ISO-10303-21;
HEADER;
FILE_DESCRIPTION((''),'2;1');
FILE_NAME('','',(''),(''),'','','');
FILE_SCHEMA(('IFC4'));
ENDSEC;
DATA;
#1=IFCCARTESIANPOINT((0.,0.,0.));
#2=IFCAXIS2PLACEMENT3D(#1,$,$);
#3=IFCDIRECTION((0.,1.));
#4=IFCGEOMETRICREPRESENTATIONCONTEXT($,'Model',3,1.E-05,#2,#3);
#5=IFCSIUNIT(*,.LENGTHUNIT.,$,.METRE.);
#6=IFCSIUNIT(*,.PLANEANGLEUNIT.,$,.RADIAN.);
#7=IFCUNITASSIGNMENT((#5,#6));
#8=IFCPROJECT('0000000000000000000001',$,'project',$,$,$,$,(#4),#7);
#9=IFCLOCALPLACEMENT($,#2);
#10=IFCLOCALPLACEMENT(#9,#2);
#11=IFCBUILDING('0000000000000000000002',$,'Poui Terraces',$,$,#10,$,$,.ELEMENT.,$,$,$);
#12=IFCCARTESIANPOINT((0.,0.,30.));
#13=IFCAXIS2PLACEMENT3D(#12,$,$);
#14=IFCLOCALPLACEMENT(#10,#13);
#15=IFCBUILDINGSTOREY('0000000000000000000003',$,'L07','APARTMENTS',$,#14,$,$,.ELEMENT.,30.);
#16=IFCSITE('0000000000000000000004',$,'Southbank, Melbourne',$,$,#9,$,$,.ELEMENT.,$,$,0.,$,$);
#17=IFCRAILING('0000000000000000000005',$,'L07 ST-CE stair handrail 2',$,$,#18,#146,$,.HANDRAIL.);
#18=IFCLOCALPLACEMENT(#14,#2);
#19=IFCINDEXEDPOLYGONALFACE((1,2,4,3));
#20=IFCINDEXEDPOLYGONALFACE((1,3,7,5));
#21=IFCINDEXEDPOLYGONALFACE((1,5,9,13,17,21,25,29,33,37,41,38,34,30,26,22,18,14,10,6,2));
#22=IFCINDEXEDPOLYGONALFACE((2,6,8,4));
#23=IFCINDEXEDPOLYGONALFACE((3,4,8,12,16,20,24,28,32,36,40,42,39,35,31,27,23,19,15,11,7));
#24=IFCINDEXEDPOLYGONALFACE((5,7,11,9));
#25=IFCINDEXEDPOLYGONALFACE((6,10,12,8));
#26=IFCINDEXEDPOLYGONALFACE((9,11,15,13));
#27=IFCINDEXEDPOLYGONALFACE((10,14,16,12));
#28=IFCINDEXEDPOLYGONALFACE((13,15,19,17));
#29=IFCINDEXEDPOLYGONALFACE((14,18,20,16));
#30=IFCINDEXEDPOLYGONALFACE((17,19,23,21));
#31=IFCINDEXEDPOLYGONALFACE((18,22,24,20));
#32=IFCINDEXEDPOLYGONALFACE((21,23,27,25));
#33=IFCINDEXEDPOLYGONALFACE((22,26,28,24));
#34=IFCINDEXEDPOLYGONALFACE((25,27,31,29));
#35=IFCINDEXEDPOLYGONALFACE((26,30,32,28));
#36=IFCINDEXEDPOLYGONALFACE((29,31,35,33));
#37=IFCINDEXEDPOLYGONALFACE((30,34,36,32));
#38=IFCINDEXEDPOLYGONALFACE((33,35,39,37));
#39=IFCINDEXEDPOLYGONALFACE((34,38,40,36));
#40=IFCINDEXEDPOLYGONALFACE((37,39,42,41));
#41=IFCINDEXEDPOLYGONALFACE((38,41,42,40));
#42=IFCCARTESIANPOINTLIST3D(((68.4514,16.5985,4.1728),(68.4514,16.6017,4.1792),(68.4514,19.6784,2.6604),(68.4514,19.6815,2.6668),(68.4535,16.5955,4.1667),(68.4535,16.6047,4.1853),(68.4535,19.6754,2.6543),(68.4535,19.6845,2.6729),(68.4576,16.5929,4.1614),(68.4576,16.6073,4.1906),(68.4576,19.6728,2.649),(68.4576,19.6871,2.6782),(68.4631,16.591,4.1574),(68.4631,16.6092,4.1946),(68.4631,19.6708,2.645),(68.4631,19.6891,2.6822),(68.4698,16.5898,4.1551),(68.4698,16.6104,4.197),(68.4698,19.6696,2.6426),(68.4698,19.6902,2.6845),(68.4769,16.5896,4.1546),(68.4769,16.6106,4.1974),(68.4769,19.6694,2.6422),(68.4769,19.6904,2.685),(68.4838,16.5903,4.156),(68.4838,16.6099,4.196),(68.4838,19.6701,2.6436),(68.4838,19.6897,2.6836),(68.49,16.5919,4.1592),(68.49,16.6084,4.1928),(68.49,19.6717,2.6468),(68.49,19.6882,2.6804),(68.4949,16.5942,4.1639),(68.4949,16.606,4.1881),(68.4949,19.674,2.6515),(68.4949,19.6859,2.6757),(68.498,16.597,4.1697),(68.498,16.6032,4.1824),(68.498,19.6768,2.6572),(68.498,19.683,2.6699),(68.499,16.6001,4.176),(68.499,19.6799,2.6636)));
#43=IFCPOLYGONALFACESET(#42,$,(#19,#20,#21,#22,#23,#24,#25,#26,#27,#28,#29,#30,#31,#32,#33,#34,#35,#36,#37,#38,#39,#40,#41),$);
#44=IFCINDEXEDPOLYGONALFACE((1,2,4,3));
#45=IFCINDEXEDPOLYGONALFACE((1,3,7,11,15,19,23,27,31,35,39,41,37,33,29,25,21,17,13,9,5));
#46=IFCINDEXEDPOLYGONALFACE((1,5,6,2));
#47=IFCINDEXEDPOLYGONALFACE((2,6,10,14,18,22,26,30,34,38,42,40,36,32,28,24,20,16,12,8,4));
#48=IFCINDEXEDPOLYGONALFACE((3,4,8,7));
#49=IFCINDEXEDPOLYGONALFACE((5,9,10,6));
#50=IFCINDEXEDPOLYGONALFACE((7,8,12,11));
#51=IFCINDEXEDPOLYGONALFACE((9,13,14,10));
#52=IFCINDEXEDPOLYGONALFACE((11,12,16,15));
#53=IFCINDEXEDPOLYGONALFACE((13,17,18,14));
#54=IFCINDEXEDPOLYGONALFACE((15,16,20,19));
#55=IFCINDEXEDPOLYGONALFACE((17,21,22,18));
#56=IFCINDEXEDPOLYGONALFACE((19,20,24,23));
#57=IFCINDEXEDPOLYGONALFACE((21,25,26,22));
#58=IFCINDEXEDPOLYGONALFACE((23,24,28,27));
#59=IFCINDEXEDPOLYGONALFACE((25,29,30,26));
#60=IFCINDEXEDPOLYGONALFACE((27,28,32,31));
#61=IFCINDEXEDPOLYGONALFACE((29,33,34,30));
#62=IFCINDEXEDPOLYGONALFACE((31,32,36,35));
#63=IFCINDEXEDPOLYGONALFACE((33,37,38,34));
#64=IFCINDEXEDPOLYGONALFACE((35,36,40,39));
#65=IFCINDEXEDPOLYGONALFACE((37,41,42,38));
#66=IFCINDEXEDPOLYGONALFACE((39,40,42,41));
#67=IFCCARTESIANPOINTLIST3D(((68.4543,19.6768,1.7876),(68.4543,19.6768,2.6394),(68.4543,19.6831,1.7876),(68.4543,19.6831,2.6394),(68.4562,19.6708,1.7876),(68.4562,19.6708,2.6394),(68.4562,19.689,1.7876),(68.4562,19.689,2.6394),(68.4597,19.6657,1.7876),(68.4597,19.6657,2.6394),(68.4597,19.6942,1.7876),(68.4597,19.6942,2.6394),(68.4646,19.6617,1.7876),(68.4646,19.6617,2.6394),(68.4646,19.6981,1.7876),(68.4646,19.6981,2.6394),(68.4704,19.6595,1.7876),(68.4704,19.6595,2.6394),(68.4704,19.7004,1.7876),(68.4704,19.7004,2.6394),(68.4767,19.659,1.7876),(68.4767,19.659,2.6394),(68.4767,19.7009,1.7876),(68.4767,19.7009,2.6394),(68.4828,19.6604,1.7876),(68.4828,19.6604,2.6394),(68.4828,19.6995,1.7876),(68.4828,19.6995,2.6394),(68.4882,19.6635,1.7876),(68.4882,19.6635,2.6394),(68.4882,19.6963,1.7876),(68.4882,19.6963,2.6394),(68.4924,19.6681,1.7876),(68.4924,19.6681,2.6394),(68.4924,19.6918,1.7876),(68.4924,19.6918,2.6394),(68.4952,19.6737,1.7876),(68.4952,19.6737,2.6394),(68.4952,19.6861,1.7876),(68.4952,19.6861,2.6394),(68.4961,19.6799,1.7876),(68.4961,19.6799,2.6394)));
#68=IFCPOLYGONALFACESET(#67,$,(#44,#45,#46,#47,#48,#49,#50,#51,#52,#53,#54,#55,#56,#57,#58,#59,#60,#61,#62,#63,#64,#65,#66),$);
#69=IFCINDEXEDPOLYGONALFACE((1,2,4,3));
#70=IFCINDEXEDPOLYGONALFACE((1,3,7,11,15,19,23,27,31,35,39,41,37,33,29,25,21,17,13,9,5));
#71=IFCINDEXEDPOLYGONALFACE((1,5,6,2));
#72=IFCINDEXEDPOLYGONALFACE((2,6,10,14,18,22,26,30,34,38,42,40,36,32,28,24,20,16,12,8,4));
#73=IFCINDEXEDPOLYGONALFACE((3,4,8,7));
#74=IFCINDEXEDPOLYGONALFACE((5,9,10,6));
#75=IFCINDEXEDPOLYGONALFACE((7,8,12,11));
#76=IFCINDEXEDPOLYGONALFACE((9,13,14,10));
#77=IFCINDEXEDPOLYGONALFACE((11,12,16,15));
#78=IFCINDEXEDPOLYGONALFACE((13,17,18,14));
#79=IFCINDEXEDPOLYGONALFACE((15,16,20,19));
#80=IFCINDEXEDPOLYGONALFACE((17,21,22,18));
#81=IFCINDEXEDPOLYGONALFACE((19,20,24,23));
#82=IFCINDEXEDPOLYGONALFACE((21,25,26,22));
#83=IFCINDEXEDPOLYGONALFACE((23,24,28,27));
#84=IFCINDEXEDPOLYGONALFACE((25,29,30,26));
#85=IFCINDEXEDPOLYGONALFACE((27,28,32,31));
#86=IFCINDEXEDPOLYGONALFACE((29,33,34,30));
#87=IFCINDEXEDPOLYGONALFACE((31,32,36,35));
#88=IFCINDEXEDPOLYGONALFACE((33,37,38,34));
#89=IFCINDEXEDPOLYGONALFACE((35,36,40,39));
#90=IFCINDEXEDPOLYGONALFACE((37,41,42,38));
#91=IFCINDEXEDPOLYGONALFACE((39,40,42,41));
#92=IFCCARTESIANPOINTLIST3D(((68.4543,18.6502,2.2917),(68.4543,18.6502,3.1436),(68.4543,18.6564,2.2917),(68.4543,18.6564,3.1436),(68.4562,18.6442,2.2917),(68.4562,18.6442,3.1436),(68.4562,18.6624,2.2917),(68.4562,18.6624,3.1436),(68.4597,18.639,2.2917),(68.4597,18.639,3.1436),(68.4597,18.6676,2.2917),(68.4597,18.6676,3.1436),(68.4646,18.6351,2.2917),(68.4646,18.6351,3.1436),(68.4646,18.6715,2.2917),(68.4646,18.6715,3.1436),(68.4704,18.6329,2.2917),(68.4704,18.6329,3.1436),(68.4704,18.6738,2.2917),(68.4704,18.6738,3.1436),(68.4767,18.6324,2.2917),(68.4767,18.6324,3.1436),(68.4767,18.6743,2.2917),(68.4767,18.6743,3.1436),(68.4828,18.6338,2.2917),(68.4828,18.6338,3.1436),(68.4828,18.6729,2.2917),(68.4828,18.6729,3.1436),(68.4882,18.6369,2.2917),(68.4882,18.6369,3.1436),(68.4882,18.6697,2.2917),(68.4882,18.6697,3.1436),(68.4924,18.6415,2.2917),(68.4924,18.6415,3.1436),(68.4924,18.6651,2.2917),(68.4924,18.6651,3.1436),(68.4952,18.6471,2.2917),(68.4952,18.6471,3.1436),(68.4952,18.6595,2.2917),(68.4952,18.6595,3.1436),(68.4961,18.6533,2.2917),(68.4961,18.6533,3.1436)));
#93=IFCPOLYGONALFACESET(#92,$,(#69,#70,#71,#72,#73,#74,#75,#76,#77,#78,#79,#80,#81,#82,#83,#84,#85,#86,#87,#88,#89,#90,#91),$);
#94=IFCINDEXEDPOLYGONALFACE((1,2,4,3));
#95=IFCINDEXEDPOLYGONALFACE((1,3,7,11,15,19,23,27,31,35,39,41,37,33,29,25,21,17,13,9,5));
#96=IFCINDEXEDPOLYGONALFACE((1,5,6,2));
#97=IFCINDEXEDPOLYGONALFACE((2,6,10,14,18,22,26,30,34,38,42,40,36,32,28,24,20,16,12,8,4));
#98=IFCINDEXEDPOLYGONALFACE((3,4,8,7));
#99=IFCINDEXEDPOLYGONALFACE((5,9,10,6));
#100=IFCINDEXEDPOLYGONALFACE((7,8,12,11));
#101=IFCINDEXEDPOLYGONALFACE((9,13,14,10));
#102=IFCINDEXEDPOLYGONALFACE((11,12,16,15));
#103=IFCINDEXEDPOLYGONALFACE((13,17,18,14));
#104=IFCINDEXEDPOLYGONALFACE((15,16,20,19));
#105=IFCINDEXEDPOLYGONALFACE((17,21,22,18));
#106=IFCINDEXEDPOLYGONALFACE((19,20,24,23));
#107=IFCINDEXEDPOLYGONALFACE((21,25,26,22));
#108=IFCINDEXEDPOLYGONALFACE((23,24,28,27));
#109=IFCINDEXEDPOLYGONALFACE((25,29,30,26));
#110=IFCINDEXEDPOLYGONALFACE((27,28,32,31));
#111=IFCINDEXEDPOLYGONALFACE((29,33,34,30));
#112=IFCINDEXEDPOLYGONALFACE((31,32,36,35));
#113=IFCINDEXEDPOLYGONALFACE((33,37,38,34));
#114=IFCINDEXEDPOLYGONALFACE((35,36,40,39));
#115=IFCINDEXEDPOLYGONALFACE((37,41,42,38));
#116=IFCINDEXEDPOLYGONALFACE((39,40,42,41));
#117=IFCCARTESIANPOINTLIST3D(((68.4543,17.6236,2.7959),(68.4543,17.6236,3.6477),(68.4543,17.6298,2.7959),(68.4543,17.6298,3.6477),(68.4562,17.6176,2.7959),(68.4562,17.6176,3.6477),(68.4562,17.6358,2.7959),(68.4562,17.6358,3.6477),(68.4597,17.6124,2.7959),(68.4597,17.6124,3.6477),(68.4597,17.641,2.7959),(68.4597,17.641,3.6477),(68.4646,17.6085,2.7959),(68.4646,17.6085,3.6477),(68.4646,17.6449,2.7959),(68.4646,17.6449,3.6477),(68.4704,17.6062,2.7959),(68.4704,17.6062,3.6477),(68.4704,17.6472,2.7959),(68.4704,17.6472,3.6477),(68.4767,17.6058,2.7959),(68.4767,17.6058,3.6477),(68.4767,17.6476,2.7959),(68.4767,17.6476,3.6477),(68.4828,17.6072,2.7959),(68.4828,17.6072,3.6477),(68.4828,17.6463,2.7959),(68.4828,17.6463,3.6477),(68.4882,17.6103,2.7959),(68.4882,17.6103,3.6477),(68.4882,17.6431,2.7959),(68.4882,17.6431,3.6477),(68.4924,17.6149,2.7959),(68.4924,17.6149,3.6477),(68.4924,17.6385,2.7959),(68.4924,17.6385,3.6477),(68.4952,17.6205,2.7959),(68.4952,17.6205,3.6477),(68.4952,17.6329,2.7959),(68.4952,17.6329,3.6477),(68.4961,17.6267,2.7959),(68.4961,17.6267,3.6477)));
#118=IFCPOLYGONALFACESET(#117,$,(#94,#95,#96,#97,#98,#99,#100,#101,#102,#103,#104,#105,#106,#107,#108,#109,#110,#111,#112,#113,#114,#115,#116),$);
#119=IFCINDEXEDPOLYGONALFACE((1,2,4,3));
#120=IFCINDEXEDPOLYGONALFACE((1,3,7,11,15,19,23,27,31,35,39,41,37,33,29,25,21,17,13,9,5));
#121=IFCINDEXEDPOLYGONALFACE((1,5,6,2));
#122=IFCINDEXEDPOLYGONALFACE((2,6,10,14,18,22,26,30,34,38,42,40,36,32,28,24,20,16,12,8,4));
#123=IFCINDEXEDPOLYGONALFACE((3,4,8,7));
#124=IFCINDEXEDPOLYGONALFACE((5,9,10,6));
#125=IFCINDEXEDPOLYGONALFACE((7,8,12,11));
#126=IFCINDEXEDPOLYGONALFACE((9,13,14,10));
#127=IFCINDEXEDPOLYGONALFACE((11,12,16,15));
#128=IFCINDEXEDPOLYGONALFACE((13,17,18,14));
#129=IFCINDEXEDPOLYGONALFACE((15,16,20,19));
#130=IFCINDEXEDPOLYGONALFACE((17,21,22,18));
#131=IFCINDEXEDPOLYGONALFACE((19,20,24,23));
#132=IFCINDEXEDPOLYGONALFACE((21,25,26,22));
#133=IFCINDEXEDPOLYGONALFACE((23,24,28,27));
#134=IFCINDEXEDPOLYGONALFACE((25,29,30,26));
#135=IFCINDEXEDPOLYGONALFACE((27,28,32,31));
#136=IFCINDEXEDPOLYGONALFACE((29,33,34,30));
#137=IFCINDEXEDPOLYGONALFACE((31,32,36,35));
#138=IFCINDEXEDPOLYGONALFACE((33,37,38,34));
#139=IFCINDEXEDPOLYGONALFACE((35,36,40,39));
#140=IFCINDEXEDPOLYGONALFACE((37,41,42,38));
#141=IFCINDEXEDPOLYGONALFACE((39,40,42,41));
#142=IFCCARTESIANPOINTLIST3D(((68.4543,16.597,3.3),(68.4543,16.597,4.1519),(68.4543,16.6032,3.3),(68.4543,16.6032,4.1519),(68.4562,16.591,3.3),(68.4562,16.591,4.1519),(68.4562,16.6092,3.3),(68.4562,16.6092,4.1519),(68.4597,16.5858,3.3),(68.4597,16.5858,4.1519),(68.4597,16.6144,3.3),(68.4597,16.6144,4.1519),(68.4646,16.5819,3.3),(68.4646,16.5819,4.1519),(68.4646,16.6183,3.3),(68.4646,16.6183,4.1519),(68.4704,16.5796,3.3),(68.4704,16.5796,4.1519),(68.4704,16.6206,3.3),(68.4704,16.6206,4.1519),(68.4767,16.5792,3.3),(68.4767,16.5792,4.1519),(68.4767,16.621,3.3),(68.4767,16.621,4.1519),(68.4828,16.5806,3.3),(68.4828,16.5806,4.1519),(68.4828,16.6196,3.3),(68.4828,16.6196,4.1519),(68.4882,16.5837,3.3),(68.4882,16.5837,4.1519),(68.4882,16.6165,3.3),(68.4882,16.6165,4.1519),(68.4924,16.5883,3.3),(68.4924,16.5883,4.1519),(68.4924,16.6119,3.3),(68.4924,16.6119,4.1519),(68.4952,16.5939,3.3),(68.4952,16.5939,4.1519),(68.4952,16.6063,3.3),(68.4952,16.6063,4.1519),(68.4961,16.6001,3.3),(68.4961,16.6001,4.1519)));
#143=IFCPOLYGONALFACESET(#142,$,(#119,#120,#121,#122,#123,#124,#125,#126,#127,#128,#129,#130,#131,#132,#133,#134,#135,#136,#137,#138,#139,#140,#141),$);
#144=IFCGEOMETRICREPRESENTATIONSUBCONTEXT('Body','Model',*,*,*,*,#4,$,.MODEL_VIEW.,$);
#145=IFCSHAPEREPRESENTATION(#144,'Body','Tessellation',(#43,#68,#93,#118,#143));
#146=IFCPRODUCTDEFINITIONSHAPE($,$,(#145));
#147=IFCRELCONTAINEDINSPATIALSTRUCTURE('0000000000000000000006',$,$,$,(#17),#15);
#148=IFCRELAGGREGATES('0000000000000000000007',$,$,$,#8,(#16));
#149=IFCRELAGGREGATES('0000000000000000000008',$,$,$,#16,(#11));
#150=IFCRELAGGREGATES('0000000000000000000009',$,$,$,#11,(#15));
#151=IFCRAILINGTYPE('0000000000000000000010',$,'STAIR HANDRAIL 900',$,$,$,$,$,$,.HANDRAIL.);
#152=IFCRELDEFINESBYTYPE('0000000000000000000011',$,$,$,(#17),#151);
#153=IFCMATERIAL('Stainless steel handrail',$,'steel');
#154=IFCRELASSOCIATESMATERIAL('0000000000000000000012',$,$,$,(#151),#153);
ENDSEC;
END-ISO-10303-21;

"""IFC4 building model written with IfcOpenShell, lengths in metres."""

from ifc_helpers import new_model, si_unit, direction, frame, origin, origin_2d, place, context, subcontext, project, spatial, circle, extrude, material, type_object, element, save


model = new_model("IFC4")

# Units and contexts
model_context = context("Model", 3, precision=1e-05, world=origin(), true_north=direction((0.0, 1.0)))
body_context = subcontext(model_context, "Body", "Model", "MODEL_VIEW")
ifc_project = project(units=[si_unit("LENGTHUNIT", "METRE"), si_unit("PLANEANGLEUNIT", "RADIAN")], contexts=[model_context])

# Site, building, storey
site_placement = place(None, origin())
site = spatial("IfcSite", under=ifc_project, at=site_placement, Name="Southbank, Melbourne", CompositionType="ELEMENT", RefElevation=0.0)
building_placement = place(site_placement, origin())
building = spatial("IfcBuilding", under=site, at=building_placement, Name="Poui Terraces", CompositionType="ELEMENT")
storey_placement = place(building_placement, frame((0.0, 0.0, 30.0)))
storey = spatial("IfcBuildingStorey", under=building, at=storey_placement, Name="L07", Description="APARTMENTS", CompositionType="ELEMENT", Elevation=30.0)

# Railing
ifc_material_1 = material(Name="Stainless steel handrail", Category="steel")
railing_type = type_object("IfcRailingType", Name="STAIR HANDRAIL 900", PredefinedType="HANDRAIL", material=ifc_material_1)
railing_placement = place(storey_placement, frame((68.4751, 19.6799, 1.7876)))
element("IfcRailing", 1, at=railing_placement, inside=storey, type_object=railing_type, Name="L07 ST-CE stair handrail 2", PredefinedType="HANDRAIL", context=body_context, shape_type="SweptSolid", body=[
    extrude(circle(Radius=0.0239, at=origin_2d()), frame((0.0, 0.0, 0.876), z_axis=(0.0, -0.897606, 0.440798), x_axis=(1.0, 0.0, 0.0)), (0.0, 0.0, 1.0), 3.4312),
    extrude(circle(Radius=0.021, at=origin_2d()), origin(), (0.0, 0.0, 1.0), 0.8518),
    extrude(circle(Radius=0.021, at=origin_2d()), frame((0.0, -1.0266, 0.5042)), (0.0, 0.0, 1.0), 0.8518),
    extrude(circle(Radius=0.021, at=origin_2d()), frame((0.0, -2.0532, 1.0083)), (0.0, 0.0, 1.0), 0.8518),
    extrude(circle(Radius=0.021, at=origin_2d()), frame((0.0, -3.0798, 1.5125)), (0.0, 0.0, 1.0), 0.8518),
])

save(model, "model.ifc")
